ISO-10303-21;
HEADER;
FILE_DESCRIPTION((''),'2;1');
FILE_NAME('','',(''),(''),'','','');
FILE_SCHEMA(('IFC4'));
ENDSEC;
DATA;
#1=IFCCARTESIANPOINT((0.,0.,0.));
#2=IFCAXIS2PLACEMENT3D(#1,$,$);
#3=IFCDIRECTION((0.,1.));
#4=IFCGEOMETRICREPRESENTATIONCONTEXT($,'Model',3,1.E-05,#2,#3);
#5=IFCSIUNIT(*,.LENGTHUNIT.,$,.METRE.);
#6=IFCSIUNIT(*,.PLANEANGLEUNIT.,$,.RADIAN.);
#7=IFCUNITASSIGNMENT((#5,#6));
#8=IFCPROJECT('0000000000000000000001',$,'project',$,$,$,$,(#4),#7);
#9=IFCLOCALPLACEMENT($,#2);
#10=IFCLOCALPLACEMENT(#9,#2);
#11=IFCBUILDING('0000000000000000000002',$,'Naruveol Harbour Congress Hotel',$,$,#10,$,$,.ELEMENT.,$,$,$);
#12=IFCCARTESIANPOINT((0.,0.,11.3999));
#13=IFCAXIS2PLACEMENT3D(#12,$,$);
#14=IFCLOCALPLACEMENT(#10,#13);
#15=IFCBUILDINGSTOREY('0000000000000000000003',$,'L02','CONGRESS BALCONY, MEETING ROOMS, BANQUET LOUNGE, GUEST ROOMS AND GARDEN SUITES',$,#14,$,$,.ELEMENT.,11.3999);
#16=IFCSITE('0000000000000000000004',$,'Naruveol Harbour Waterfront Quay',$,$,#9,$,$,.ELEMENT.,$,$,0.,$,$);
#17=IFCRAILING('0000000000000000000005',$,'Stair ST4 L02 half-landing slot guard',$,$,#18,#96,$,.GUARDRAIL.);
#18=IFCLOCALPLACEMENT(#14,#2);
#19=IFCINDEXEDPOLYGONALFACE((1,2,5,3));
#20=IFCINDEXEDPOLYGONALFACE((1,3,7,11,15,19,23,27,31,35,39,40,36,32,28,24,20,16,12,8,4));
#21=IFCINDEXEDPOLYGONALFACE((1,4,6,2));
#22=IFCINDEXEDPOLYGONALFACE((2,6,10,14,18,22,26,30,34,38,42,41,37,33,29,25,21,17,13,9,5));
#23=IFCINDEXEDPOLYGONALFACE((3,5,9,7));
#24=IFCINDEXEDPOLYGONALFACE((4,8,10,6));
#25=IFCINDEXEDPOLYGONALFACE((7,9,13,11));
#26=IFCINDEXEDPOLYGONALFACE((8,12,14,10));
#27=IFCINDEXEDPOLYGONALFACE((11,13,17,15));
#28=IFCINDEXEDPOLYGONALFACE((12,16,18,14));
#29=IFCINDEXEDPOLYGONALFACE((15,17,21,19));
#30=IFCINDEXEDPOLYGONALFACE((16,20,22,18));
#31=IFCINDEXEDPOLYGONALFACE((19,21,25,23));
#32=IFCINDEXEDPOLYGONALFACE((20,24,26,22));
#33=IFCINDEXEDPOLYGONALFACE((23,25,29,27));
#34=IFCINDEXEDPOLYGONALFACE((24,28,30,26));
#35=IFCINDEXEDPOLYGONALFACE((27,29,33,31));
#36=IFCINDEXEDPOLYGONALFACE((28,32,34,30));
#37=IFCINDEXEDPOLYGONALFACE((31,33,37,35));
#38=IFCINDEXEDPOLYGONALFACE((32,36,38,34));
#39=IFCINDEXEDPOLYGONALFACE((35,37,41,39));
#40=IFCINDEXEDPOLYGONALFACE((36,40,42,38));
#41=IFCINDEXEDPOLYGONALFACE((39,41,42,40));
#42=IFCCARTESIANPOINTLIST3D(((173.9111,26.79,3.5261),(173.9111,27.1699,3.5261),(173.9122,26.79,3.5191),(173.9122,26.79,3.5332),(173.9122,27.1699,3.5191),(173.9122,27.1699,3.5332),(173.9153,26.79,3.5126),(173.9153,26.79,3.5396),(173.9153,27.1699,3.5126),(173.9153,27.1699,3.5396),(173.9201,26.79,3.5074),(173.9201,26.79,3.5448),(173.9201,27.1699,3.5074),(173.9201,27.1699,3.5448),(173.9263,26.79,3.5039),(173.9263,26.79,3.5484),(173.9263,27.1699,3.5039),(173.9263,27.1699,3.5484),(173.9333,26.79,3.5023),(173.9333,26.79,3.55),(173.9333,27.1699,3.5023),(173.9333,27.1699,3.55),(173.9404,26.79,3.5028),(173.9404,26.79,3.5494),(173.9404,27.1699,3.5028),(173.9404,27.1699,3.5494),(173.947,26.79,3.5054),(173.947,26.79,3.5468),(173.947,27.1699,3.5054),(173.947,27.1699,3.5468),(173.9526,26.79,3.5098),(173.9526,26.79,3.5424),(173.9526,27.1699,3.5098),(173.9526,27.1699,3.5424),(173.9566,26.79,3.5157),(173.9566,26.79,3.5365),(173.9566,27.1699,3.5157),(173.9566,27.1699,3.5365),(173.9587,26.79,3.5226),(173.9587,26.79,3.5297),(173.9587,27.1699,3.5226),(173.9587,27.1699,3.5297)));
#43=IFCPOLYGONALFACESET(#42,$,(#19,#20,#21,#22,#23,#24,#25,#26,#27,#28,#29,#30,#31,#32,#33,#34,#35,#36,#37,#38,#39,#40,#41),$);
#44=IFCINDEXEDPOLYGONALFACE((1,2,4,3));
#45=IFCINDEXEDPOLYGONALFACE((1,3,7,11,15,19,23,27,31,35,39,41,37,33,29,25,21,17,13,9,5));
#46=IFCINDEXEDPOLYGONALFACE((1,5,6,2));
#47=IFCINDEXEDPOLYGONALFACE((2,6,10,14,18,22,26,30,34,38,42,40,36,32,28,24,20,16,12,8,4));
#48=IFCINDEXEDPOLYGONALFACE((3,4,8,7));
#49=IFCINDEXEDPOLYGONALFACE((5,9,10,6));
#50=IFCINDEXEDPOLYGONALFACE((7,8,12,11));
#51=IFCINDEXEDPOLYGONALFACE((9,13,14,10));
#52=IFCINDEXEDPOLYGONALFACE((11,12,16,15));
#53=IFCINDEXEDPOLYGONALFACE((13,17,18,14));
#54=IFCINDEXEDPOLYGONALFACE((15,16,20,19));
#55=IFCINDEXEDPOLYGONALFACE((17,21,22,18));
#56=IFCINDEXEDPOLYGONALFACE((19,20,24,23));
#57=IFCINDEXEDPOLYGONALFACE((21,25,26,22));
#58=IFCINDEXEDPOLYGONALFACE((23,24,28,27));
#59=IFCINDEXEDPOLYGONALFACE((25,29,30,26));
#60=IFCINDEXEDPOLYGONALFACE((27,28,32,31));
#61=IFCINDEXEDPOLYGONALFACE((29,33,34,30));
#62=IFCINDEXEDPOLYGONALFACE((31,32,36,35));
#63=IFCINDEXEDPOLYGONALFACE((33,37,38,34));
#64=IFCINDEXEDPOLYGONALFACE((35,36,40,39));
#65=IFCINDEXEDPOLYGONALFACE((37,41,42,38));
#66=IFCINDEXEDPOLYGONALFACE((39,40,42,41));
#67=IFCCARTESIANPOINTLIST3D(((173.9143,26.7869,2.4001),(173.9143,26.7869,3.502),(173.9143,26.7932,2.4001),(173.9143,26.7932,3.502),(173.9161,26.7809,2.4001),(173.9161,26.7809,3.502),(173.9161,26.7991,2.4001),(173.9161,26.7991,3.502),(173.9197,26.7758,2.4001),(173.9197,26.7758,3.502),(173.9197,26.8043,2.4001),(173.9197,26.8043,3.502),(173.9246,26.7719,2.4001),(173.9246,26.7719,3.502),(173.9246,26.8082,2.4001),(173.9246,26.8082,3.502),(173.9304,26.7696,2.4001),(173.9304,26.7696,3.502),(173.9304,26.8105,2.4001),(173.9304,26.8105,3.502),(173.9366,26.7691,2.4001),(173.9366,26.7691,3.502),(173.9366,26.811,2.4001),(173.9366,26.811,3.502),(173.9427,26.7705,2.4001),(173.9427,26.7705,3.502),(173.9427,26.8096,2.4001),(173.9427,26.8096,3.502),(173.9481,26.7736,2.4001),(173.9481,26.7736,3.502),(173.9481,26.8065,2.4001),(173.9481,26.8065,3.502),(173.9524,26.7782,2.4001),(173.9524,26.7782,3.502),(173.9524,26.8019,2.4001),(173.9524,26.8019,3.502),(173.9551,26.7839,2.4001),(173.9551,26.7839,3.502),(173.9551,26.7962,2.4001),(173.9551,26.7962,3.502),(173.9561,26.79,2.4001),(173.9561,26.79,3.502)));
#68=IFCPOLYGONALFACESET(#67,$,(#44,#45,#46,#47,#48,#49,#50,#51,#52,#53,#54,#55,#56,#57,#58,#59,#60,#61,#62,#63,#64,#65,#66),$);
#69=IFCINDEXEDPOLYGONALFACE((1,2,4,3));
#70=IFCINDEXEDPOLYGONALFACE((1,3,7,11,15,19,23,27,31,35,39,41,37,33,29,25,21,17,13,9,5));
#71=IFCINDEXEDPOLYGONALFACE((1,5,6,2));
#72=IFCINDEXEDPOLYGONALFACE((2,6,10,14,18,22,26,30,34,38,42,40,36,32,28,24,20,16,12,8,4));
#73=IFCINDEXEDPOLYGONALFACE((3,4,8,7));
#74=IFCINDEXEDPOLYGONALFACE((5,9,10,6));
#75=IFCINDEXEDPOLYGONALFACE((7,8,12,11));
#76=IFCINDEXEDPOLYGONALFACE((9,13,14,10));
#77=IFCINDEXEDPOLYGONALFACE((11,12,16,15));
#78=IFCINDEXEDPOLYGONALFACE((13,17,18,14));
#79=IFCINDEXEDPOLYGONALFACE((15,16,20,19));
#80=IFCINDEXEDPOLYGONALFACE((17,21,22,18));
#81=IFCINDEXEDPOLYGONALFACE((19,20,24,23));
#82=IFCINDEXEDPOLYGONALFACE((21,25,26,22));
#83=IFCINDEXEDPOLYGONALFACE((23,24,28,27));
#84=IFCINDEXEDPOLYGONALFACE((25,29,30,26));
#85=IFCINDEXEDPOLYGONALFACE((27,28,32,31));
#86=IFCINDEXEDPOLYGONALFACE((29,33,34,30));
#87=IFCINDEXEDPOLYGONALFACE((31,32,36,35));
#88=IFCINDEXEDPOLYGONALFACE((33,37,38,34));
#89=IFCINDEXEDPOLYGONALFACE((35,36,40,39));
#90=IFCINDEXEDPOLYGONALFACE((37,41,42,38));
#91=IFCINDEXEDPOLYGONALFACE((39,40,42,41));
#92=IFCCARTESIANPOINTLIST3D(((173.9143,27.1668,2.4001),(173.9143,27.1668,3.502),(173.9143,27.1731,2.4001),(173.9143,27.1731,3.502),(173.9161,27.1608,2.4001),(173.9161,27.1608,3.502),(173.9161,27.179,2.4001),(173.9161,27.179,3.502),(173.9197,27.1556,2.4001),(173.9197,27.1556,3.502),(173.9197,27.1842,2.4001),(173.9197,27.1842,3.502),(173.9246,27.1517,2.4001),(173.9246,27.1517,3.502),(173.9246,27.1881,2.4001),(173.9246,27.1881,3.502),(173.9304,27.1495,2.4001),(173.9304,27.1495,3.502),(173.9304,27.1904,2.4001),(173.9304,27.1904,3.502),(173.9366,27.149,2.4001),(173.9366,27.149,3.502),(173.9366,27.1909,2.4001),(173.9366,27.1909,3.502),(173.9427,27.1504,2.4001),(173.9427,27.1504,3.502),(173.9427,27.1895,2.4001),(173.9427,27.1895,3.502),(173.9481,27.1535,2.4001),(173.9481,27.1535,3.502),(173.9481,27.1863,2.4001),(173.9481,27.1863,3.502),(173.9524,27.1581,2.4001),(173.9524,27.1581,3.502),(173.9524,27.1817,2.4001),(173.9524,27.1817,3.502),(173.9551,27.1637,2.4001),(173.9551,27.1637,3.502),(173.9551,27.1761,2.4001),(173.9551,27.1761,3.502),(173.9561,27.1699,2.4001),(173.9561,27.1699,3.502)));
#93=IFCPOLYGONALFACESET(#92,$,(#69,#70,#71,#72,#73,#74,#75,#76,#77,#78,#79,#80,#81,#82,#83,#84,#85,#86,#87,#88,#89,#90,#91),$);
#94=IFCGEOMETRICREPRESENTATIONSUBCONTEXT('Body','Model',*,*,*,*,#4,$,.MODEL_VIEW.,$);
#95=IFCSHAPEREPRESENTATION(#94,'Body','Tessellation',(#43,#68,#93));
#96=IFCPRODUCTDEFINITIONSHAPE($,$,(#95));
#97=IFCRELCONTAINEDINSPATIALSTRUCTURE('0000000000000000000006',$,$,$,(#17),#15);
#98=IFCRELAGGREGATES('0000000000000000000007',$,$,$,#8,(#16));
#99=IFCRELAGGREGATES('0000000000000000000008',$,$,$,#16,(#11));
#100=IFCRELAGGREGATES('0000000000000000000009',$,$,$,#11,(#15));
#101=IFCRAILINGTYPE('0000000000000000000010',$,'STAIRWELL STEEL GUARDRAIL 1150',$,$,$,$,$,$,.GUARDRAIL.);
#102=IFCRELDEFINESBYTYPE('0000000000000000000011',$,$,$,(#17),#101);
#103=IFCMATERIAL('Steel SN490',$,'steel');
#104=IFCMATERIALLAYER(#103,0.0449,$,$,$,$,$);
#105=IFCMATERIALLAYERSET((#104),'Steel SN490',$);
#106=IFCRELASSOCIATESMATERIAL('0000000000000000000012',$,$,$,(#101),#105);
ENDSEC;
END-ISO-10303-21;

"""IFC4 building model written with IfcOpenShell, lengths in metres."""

from ifc_helpers import new_model, si_unit, direction, frame, origin, origin_2d, place, context, subcontext, project, spatial, circle, extrude, material, layer, layer_set, type_object, element, save


model = new_model("IFC4")

# Units and contexts
model_context = context("Model", 3, precision=1e-05, world=origin(), true_north=direction((0.0, 1.0)))
body_context = subcontext(model_context, "Body", "Model", "MODEL_VIEW")
ifc_project = project(units=[si_unit("LENGTHUNIT", "METRE"), si_unit("PLANEANGLEUNIT", "RADIAN")], contexts=[model_context])

# Site, building, storey
site_placement = place(None, origin())
site = spatial("IfcSite", under=ifc_project, at=site_placement, Name="Naruveol Harbour Waterfront Quay", CompositionType="ELEMENT", RefElevation=0.0)
building_placement = place(site_placement, origin())
building = spatial("IfcBuilding", under=site, at=building_placement, Name="Naruveol Harbour Congress Hotel", CompositionType="ELEMENT")
storey_placement = place(building_placement, frame((0.0, 0.0, 11.3999)))
storey = spatial("IfcBuildingStorey", under=building, at=storey_placement, Name="L02", Description="CONGRESS BALCONY, MEETING ROOMS, BANQUET LOUNGE, GUEST ROOMS AND GARDEN SUITES", CompositionType="ELEMENT", Elevation=11.3999)

# Railing
ifc_material_1 = material(Name="Steel SN490", Category="steel")
ifc_layer_1 = layer(ifc_material_1, 0.0449)
ifc_layer_set_1 = layer_set([ifc_layer_1], Name="Steel SN490")
railing_type_1 = type_object("IfcRailingType", Name="STAIRWELL STEEL GUARDRAIL 1150", PredefinedType="GUARDRAIL", material=ifc_layer_set_1)
railing_1_placement = place(storey_placement, frame((173.9351, 26.79, 2.4001)))
element("IfcRailing", 1, at=railing_1_placement, inside=storey, type_object=railing_type_1, Name="Stair ST4 L02 half-landing slot guard", PredefinedType="GUARDRAIL", context=body_context, shape_type="SweptSolid", body=[
    extrude(circle(Radius=0.0239, at=origin_2d()), frame((0.0, 0.0, 1.126), z_axis=(0.0, 1.0, 0.0), x_axis=(-1.0, 0.0, 0.0)), (0.0, 0.0, 1.0), 0.3799),
    extrude(circle(Radius=0.021, at=origin_2d()), origin(), (0.0, 0.0, 1.0), 1.1018),
    extrude(circle(Radius=0.021, at=origin_2d()), frame((0.0, 0.3799, 0.0)), (0.0, 0.0, 1.0), 1.1018),
])

save(model, "model.ifc")
